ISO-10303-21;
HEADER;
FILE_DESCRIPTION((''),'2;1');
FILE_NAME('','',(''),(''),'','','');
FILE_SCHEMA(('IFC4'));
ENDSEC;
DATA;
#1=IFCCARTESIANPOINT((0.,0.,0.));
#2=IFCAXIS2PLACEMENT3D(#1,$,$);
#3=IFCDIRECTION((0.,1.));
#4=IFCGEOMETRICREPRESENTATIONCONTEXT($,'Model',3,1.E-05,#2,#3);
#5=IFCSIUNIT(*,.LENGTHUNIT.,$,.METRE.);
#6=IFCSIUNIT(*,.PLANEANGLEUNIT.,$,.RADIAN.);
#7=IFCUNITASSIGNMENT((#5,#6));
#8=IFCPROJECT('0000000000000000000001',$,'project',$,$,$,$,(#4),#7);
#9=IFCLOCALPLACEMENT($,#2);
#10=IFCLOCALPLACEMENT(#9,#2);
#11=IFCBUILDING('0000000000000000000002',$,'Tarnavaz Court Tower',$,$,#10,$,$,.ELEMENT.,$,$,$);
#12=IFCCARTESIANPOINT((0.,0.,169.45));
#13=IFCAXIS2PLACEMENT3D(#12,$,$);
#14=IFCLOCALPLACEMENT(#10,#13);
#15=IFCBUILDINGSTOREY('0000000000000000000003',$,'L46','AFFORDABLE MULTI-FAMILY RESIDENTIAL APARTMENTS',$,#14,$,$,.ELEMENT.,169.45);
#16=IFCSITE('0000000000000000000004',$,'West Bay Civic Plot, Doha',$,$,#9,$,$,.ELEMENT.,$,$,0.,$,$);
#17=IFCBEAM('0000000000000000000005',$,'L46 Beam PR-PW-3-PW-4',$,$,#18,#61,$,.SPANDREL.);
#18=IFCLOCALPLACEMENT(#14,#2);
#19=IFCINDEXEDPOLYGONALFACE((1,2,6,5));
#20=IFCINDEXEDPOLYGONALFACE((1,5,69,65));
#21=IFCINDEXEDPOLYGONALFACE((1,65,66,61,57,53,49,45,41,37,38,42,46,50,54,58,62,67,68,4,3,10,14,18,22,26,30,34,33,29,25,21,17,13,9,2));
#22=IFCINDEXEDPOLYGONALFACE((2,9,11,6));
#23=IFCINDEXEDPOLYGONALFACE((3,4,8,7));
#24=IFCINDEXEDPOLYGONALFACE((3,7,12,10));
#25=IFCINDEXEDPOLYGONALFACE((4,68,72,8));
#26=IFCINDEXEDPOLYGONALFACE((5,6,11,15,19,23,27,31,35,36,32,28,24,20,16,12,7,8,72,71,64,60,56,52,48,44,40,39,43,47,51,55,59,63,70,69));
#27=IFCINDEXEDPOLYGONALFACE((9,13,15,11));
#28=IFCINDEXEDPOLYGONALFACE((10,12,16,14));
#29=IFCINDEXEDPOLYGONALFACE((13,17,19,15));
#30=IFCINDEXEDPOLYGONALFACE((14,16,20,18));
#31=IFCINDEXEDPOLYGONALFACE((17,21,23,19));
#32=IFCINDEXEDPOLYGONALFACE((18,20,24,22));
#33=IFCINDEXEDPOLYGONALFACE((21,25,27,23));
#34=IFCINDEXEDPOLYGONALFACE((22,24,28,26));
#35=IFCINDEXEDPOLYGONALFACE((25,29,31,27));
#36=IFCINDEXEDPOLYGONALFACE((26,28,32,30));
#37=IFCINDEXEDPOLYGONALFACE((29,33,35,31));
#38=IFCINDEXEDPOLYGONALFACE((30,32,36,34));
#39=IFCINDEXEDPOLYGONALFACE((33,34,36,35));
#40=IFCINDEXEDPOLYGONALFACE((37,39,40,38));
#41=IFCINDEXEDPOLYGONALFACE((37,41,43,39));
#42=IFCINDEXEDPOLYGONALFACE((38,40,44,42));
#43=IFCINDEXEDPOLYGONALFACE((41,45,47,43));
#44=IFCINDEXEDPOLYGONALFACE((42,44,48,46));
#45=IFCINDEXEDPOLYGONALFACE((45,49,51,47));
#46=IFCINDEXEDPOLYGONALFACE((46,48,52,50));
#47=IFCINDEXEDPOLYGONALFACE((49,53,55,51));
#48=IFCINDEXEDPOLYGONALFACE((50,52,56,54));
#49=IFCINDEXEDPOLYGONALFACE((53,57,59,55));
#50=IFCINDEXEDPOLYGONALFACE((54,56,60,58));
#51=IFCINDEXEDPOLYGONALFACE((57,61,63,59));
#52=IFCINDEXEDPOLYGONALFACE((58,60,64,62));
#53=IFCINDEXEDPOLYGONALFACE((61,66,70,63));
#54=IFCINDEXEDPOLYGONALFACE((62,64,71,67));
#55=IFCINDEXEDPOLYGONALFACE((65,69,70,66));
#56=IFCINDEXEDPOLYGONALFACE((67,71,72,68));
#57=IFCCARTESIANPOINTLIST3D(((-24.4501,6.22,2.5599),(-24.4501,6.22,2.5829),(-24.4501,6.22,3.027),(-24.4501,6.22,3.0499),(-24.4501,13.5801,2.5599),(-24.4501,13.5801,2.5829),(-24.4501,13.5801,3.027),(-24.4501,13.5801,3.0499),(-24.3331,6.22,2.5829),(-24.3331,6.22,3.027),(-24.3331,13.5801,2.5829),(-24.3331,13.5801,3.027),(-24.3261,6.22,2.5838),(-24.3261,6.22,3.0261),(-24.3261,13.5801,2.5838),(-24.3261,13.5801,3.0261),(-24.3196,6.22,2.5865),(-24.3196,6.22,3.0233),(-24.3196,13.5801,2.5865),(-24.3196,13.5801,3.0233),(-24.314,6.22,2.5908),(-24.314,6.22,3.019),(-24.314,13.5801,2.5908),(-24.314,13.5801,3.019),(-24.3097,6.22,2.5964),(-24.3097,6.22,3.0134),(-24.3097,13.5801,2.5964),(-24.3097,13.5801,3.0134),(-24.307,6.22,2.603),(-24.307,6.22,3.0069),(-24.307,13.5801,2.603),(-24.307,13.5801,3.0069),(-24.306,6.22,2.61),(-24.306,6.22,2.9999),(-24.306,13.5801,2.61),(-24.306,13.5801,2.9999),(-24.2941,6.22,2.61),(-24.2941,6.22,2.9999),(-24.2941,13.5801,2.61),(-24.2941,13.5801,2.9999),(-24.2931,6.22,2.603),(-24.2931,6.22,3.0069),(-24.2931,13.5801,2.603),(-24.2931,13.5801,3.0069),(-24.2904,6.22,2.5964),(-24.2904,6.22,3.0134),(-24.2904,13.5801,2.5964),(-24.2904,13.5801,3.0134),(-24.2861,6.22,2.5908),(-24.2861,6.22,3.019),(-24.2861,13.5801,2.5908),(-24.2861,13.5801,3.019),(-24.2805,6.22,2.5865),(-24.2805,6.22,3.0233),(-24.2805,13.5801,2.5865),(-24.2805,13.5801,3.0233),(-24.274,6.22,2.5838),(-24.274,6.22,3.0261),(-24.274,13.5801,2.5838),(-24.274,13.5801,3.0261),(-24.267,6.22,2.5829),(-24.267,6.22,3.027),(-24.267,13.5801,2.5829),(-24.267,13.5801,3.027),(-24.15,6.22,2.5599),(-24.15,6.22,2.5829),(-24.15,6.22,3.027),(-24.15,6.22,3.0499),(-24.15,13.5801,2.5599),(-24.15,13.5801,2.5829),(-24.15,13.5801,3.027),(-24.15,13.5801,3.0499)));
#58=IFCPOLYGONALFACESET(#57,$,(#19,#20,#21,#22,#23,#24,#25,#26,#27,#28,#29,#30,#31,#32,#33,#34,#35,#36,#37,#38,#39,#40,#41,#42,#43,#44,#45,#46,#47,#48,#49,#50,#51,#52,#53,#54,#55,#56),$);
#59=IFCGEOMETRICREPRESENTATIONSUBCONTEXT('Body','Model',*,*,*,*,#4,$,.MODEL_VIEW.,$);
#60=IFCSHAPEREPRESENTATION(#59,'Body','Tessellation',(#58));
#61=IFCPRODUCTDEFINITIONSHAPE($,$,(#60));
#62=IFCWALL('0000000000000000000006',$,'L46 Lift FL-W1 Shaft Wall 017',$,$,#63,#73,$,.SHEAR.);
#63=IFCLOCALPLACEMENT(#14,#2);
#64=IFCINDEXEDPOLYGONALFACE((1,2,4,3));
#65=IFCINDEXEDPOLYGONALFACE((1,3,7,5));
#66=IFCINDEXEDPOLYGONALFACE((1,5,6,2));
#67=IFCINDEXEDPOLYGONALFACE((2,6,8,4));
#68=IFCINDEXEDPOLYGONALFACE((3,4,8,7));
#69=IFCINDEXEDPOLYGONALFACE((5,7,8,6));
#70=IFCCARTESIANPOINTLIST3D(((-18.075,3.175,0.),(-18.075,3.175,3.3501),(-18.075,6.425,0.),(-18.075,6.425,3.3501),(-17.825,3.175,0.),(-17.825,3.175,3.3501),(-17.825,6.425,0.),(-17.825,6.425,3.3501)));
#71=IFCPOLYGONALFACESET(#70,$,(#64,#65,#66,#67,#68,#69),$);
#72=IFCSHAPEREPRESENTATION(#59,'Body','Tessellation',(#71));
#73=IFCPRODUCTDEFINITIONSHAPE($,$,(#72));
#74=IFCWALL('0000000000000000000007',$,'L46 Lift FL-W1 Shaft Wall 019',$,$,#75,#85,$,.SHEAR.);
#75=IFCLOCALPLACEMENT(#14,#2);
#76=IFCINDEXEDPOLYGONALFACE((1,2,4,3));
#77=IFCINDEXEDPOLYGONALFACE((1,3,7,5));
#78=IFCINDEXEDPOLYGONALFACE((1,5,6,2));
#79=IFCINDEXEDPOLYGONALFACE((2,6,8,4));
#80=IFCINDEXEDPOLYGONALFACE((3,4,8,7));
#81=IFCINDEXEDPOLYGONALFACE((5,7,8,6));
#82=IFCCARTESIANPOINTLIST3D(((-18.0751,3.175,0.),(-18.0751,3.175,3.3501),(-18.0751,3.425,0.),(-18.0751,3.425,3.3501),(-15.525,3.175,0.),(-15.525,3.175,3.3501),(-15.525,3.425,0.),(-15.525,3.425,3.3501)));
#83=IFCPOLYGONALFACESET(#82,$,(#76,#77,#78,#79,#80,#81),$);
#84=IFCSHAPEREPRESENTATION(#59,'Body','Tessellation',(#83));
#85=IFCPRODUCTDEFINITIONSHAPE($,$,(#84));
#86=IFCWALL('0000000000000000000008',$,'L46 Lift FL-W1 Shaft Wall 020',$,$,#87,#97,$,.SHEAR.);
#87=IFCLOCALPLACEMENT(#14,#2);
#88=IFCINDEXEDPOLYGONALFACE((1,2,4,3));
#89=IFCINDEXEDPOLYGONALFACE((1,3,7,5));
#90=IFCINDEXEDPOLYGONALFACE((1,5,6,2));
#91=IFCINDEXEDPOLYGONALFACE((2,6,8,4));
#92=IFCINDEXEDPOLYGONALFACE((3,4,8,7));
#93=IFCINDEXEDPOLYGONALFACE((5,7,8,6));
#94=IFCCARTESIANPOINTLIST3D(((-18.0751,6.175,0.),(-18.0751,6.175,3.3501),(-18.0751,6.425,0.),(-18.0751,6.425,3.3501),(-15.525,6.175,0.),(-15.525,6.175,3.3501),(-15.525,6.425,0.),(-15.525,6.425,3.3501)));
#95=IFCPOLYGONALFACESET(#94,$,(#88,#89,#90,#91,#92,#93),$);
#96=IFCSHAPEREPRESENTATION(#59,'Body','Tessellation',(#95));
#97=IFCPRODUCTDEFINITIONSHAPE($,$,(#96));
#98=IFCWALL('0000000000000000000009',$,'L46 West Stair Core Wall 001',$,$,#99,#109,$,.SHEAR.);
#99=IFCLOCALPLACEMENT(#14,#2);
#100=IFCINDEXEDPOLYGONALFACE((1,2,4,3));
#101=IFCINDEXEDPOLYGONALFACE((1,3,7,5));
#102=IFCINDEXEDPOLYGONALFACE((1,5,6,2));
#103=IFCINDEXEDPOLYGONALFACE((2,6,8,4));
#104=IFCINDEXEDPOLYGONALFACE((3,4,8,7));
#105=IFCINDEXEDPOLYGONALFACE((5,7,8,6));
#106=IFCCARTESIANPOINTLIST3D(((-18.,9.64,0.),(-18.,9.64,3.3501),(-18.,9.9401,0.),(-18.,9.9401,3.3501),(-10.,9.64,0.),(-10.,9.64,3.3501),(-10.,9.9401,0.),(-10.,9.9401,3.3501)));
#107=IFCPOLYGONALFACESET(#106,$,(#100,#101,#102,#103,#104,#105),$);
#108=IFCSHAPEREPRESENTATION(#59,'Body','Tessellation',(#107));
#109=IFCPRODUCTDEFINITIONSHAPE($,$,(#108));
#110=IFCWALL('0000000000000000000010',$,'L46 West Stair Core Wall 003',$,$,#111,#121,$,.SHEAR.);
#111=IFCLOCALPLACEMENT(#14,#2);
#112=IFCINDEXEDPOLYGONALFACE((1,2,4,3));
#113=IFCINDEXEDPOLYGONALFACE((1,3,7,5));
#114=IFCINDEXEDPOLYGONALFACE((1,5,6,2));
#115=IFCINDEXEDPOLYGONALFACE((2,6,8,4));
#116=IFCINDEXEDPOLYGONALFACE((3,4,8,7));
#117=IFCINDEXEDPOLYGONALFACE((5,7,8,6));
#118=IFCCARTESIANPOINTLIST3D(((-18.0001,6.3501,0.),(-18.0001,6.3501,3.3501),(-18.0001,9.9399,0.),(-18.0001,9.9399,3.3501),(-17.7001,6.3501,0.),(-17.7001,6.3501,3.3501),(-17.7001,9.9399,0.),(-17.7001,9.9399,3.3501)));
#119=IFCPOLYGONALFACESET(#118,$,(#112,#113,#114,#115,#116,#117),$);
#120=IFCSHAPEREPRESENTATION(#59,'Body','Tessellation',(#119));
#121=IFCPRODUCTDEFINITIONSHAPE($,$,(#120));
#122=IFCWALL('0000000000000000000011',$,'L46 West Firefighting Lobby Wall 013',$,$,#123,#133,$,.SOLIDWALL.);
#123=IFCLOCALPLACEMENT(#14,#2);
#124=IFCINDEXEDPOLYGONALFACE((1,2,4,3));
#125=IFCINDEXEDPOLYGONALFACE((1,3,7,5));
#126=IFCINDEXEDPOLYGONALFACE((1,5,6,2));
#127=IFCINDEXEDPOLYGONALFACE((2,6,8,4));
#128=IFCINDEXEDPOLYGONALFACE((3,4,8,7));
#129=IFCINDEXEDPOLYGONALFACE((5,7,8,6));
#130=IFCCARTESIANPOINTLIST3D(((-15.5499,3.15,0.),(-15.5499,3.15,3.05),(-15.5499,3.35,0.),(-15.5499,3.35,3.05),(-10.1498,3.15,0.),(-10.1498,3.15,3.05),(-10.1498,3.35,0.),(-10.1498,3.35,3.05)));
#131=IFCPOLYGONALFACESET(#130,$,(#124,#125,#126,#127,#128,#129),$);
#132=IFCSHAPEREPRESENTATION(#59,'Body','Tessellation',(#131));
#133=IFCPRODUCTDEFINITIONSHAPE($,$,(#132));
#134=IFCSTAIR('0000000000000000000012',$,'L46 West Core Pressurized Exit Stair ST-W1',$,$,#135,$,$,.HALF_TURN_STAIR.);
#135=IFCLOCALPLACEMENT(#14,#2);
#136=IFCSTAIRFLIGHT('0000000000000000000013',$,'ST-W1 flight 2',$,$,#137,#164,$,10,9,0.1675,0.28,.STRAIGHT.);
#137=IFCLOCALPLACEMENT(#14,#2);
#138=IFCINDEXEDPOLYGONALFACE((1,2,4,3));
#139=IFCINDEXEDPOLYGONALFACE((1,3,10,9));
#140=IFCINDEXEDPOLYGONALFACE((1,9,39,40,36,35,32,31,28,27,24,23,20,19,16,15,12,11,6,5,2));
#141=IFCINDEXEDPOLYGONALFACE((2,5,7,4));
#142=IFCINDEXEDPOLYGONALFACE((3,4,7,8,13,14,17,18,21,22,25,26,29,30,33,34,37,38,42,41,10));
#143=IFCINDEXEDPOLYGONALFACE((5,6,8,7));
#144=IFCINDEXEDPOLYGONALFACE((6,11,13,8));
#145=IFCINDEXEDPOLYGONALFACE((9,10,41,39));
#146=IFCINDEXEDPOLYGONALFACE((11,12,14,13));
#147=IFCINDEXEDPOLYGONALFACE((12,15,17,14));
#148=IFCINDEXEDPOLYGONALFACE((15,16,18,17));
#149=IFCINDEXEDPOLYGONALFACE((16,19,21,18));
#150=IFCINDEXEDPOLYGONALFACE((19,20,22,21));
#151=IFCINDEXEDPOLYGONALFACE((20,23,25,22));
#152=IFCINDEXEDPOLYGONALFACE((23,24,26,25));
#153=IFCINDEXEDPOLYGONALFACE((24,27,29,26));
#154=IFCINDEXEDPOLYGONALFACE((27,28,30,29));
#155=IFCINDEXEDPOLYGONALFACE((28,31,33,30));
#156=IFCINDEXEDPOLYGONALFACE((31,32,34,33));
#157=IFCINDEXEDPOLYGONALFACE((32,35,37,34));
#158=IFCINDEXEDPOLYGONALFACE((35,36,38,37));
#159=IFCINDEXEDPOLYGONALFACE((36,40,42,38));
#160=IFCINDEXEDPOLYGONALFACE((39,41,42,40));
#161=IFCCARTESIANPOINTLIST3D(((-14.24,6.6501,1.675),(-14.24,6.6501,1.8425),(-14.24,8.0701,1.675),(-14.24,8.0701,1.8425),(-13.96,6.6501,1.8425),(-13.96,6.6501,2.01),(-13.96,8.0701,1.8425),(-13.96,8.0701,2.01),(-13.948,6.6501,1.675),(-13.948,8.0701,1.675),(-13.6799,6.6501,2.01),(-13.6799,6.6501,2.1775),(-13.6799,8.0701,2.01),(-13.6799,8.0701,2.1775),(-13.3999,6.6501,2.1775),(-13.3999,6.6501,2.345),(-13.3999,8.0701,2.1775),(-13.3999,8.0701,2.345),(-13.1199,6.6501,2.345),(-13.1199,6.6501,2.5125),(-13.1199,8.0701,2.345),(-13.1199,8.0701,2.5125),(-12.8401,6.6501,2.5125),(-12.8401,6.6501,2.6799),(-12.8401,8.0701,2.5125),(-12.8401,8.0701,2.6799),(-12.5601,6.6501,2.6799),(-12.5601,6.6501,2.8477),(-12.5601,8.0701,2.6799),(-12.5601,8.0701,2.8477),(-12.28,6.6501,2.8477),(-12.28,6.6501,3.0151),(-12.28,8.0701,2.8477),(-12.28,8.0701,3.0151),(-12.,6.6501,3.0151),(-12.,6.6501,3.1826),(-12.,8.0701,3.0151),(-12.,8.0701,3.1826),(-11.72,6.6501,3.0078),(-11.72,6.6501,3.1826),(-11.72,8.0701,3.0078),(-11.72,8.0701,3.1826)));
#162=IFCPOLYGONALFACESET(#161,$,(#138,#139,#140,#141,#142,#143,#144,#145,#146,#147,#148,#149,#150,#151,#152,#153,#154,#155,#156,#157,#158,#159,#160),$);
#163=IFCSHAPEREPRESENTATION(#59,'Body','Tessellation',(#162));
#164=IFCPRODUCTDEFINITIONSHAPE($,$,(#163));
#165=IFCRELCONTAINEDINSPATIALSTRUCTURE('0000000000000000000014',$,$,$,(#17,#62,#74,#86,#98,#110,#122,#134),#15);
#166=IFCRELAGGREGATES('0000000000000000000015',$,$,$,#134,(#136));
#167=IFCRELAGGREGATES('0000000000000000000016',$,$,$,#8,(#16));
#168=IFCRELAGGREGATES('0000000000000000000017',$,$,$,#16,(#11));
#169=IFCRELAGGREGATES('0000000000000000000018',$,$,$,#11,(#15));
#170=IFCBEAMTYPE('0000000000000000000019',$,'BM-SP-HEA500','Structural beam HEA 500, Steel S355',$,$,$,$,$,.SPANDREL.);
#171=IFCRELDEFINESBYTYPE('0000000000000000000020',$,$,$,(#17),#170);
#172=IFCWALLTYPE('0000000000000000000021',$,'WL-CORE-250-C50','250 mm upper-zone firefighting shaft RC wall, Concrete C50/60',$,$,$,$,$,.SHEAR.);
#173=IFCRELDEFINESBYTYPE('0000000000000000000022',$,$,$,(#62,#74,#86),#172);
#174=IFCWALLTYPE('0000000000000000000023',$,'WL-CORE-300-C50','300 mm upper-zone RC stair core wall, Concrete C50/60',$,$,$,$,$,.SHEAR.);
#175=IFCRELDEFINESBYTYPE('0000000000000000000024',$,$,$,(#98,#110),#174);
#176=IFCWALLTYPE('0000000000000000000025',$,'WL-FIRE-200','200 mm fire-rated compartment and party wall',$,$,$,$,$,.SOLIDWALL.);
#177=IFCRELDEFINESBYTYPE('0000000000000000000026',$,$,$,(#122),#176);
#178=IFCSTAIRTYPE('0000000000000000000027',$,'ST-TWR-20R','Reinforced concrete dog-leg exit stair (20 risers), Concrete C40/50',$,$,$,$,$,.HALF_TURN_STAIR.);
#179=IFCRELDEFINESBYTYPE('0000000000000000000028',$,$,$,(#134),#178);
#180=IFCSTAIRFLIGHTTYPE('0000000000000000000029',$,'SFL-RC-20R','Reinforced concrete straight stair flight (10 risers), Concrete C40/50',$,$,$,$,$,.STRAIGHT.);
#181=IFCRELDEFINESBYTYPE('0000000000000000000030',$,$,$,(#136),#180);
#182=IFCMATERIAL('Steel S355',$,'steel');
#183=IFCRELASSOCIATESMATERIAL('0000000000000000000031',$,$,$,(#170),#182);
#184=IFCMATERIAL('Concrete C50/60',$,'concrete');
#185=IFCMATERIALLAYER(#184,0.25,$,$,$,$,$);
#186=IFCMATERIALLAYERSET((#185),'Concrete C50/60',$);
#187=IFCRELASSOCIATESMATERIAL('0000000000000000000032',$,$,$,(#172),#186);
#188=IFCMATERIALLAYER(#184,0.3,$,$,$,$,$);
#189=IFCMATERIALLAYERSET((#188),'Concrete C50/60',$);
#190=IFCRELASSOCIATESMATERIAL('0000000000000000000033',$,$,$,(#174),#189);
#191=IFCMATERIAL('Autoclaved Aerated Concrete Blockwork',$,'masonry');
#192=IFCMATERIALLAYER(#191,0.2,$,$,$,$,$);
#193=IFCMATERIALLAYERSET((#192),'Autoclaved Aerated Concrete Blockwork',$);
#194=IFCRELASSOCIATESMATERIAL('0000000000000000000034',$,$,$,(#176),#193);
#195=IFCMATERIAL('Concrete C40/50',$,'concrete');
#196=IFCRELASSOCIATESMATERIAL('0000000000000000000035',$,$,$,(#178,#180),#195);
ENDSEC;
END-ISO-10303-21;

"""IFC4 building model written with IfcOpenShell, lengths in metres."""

from ifc_helpers import new_model, si_unit, direction, frame, frame_2d, origin, origin_2d, place, context, subcontext, project, spatial, polyline, rectangle, i_section, outline, extrude, material, layer, layer_set, material_profile, profile_set, type_object, element, aggregate, save


model = new_model("IFC4")

# Units and contexts
model_context = context("Model", 3, precision=1e-05, world=origin(), true_north=direction((0.0, 1.0)))
body_context = subcontext(model_context, "Body", "Model", "MODEL_VIEW")
ifc_project = project(units=[si_unit("LENGTHUNIT", "METRE"), si_unit("PLANEANGLEUNIT", "RADIAN")], contexts=[model_context])

# Site, building, storey
site_placement = place(None, origin())
site = spatial("IfcSite", under=ifc_project, at=site_placement, Name="West Bay Civic Plot, Doha", CompositionType="ELEMENT", RefElevation=0.0)
building_placement = place(site_placement, origin())
building = spatial("IfcBuilding", under=site, at=building_placement, Name="Tarnavaz Court Tower", CompositionType="ELEMENT")
storey_placement = place(building_placement, frame((0.0, 0.0, 169.45)))
storey = spatial("IfcBuildingStorey", under=building, at=storey_placement, Name="L46", Description="AFFORDABLE MULTI-FAMILY RESIDENTIAL APARTMENTS", CompositionType="ELEMENT", Elevation=169.45)

# Shared definitions
ifc_material_1 = material(Name="Concrete C50/60", Category="concrete")

# Beam
ifc_material_2 = material(Name="Steel S355", Category="steel")
ifc_material_profile_1 = material_profile(ifc_material_2, i_section(OverallWidth=0.3, OverallDepth=0.49, WebThickness=0.012, FlangeThickness=0.0229, FilletRadius=0.0271, at=origin_2d()), Name="HEA 500")
ifc_profile_set_1 = profile_set([ifc_material_profile_1], Name="Steel S355")
beam_type_1 = type_object("IfcBeamType", Name="BM-SP-HEA500", Description="Structural beam HEA 500, Steel S355", PredefinedType="SPANDREL", material=ifc_profile_set_1)
beam_1_placement = place(storey_placement, frame((-24.3, 6.22, 2.8049), z_axis=(0.0, 1.0, 0.0), x_axis=(-1.0, 0.0, 0.0)))
element("IfcBeam", 1, at=beam_1_placement, inside=storey, type_object=beam_type_1, Name="L46 Beam PR-PW-3-PW-4", PredefinedType="SPANDREL", context=body_context, shape_type="SweptSolid", body=[
    extrude(i_section(OverallWidth=0.3, OverallDepth=0.49, WebThickness=0.012, FlangeThickness=0.0229, FilletRadius=0.0271, at=origin_2d()), origin(), (0.0, 0.0, 1.0), 7.3601),
])

# Wall
ifc_layer_1 = layer(ifc_material_1, 0.25)
ifc_layer_set_1 = layer_set([ifc_layer_1], Name="Concrete C50/60")
wall_type_1 = type_object("IfcWallType", Name="WL-CORE-250-C50", Description="250 mm upper-zone firefighting shaft RC wall, Concrete C50/60", PredefinedType="SHEAR", material=ifc_layer_set_1)
wall_1_placement = place(storey_placement, frame((-17.95, 3.175, 0.0), z_axis=(0.0, 0.0, 1.0), x_axis=(0.0, 1.0, 0.0)))
element("IfcWall", 2, at=wall_1_placement, inside=storey, type_object=wall_type_1, Name="L46 Lift FL-W1 Shaft Wall 017", PredefinedType="SHEAR", context=body_context, shape_type="SweptSolid", body=[
    extrude(rectangle(XDim=3.25, YDim=0.25, at=frame_2d((1.625, 0.0))), origin(), (0.0, 0.0, 1.0), 3.3501),
])

# Walls
for number, where, z_axis, x_axis, name in (
    (3, (-18.075, 3.3, 0.0), (0.0, 0.0, 1.0), (1.0, 0.0, 0.0), "L46 Lift FL-W1 Shaft Wall 019"),
    (4, (-18.075, 6.3, 0.0), (0.0, 0.0, 1.0), (1.0, 0.0, 0.0), "L46 Lift FL-W1 Shaft Wall 020"),
):
    element("IfcWall", number, at=place(storey_placement, frame(where, z_axis=z_axis, x_axis=x_axis)), inside=storey, type_object=wall_type_1, Name=name, PredefinedType="SHEAR", context=body_context, shape_type="SweptSolid", body=[
        extrude(rectangle(XDim=2.55, YDim=0.25, at=frame_2d((1.2749, 0.0))), origin(), (0.0, 0.0, 1.0), 3.3501),
    ])
ifc_layer_2 = layer(ifc_material_1, 0.3)
ifc_layer_set_2 = layer_set([ifc_layer_2], Name="Concrete C50/60")
wall_type_2 = type_object("IfcWallType", Name="WL-CORE-300-C50", Description="300 mm upper-zone RC stair core wall, Concrete C50/60", PredefinedType="SHEAR", material=ifc_layer_set_2)
wall_2_placement = place(storey_placement, frame((-18.0, 9.79, 0.0), z_axis=(0.0, 0.0, 1.0), x_axis=(1.0, 0.0, 0.0)))
element("IfcWall", 5, at=wall_2_placement, inside=storey, type_object=wall_type_2, Name="L46 West Stair Core Wall 001", PredefinedType="SHEAR", context=body_context, shape_type="SweptSolid", body=[
    extrude(rectangle(XDim=8.0, YDim=0.3, at=frame_2d((4.0, 0.0))), origin(), (0.0, 0.0, 1.0), 3.3501),
])

# Walls
wall_3_placement = place(storey_placement, frame((-17.8501, 6.3501, 0.0), z_axis=(0.0, 0.0, 1.0), x_axis=(0.0, 1.0, 0.0)))
element("IfcWall", 6, at=wall_3_placement, inside=storey, type_object=wall_type_2, Name="L46 West Stair Core Wall 003", PredefinedType="SHEAR", context=body_context, shape_type="SweptSolid", body=[
    extrude(rectangle(XDim=3.5898, YDim=0.3, at=frame_2d((1.7949, 0.0))), origin(), (0.0, 0.0, 1.0), 3.3501),
])
ifc_material_3 = material(Name="Autoclaved Aerated Concrete Blockwork", Category="masonry")
ifc_layer_3 = layer(ifc_material_3, 0.2)
ifc_layer_set_3 = layer_set([ifc_layer_3], Name="Autoclaved Aerated Concrete Blockwork")
wall_type_3 = type_object("IfcWallType", Name="WL-FIRE-200", Description="200 mm fire-rated compartment and party wall", PredefinedType="SOLIDWALL", material=ifc_layer_set_3)
wall_4_placement = place(storey_placement, frame((-15.55, 3.25, 0.0), z_axis=(0.0, 0.0, 1.0), x_axis=(1.0, 0.0, 0.0)))
element("IfcWall", 7, at=wall_4_placement, inside=storey, type_object=wall_type_3, Name="L46 West Firefighting Lobby Wall 013", PredefinedType="SOLIDWALL", context=body_context, shape_type="SweptSolid", body=[
    extrude(rectangle(XDim=5.4001, YDim=0.2, at=frame_2d((2.7002, 0.0))), origin(), (0.0, 0.0, 1.0), 3.05),
])

# Stair, stair flight
ifc_material_4 = material(Name="Concrete C40/50", Category="concrete")
stair_type = type_object("IfcStairType", Name="ST-TWR-20R", Description="Reinforced concrete dog-leg exit stair (20 risers), Concrete C40/50", PredefinedType="HALF_TURN_STAIR", material=ifc_material_4)
stair_placement = place(storey_placement, origin())
stair = element("IfcStair", 8, at=stair_placement, inside=storey, type_object=stair_type, Name="L46 West Core Pressurized Exit Stair ST-W1", PredefinedType="HALF_TURN_STAIR")
stair_flight_type = type_object("IfcStairFlightType", Name="SFL-RC-20R", Description="Reinforced concrete straight stair flight (10 risers), Concrete C40/50", PredefinedType="STRAIGHT", material=ifc_material_4)
stair_flight_placement = place(storey_placement, frame((-14.24, 7.3601, 1.675), z_axis=(0.0, 0.0, 1.0), x_axis=(1.0, 0.0, 0.0)))
stair_flight = element("IfcStairFlight", 9, at=stair_flight_placement, type_object=stair_flight_type, Name="ST-W1 flight 2", NumberOfRisers=10, NumberOfTreads=9, PredefinedType="STRAIGHT", RiserHeight=0.1675, TreadLength=0.28, context=body_context, shape_type="SweptSolid", body=[
    extrude(outline(polyline([(0.0, 0.0), (0.0, 0.1675), (0.28, 0.1675), (0.28, 0.335), (0.5601, 0.335), (0.5601, 0.5024), (0.8401, 0.5024), (0.8401, 0.6699), (1.1201, 0.6699), (1.1201, 0.8374), (1.3999, 0.8374), (1.3999, 1.0049), (1.6799, 1.0049), (1.6799, 1.1726), (1.96, 1.1726), (1.96, 1.3401), (2.24, 1.3401), (2.24, 1.5076), (2.52, 1.5076), (2.52, 1.675), (2.52, 1.3328), (0.292, 0.0), (0.0, 0.0)])), frame((0.0, 0.71, 0.0), z_axis=(0.0, -1.0, 0.0), x_axis=(1.0, 0.0, 0.0)), (0.0, 0.0, 1.0), 1.4199),
])
aggregate(stair, [stair_flight])

save(model, "model.ifc")
